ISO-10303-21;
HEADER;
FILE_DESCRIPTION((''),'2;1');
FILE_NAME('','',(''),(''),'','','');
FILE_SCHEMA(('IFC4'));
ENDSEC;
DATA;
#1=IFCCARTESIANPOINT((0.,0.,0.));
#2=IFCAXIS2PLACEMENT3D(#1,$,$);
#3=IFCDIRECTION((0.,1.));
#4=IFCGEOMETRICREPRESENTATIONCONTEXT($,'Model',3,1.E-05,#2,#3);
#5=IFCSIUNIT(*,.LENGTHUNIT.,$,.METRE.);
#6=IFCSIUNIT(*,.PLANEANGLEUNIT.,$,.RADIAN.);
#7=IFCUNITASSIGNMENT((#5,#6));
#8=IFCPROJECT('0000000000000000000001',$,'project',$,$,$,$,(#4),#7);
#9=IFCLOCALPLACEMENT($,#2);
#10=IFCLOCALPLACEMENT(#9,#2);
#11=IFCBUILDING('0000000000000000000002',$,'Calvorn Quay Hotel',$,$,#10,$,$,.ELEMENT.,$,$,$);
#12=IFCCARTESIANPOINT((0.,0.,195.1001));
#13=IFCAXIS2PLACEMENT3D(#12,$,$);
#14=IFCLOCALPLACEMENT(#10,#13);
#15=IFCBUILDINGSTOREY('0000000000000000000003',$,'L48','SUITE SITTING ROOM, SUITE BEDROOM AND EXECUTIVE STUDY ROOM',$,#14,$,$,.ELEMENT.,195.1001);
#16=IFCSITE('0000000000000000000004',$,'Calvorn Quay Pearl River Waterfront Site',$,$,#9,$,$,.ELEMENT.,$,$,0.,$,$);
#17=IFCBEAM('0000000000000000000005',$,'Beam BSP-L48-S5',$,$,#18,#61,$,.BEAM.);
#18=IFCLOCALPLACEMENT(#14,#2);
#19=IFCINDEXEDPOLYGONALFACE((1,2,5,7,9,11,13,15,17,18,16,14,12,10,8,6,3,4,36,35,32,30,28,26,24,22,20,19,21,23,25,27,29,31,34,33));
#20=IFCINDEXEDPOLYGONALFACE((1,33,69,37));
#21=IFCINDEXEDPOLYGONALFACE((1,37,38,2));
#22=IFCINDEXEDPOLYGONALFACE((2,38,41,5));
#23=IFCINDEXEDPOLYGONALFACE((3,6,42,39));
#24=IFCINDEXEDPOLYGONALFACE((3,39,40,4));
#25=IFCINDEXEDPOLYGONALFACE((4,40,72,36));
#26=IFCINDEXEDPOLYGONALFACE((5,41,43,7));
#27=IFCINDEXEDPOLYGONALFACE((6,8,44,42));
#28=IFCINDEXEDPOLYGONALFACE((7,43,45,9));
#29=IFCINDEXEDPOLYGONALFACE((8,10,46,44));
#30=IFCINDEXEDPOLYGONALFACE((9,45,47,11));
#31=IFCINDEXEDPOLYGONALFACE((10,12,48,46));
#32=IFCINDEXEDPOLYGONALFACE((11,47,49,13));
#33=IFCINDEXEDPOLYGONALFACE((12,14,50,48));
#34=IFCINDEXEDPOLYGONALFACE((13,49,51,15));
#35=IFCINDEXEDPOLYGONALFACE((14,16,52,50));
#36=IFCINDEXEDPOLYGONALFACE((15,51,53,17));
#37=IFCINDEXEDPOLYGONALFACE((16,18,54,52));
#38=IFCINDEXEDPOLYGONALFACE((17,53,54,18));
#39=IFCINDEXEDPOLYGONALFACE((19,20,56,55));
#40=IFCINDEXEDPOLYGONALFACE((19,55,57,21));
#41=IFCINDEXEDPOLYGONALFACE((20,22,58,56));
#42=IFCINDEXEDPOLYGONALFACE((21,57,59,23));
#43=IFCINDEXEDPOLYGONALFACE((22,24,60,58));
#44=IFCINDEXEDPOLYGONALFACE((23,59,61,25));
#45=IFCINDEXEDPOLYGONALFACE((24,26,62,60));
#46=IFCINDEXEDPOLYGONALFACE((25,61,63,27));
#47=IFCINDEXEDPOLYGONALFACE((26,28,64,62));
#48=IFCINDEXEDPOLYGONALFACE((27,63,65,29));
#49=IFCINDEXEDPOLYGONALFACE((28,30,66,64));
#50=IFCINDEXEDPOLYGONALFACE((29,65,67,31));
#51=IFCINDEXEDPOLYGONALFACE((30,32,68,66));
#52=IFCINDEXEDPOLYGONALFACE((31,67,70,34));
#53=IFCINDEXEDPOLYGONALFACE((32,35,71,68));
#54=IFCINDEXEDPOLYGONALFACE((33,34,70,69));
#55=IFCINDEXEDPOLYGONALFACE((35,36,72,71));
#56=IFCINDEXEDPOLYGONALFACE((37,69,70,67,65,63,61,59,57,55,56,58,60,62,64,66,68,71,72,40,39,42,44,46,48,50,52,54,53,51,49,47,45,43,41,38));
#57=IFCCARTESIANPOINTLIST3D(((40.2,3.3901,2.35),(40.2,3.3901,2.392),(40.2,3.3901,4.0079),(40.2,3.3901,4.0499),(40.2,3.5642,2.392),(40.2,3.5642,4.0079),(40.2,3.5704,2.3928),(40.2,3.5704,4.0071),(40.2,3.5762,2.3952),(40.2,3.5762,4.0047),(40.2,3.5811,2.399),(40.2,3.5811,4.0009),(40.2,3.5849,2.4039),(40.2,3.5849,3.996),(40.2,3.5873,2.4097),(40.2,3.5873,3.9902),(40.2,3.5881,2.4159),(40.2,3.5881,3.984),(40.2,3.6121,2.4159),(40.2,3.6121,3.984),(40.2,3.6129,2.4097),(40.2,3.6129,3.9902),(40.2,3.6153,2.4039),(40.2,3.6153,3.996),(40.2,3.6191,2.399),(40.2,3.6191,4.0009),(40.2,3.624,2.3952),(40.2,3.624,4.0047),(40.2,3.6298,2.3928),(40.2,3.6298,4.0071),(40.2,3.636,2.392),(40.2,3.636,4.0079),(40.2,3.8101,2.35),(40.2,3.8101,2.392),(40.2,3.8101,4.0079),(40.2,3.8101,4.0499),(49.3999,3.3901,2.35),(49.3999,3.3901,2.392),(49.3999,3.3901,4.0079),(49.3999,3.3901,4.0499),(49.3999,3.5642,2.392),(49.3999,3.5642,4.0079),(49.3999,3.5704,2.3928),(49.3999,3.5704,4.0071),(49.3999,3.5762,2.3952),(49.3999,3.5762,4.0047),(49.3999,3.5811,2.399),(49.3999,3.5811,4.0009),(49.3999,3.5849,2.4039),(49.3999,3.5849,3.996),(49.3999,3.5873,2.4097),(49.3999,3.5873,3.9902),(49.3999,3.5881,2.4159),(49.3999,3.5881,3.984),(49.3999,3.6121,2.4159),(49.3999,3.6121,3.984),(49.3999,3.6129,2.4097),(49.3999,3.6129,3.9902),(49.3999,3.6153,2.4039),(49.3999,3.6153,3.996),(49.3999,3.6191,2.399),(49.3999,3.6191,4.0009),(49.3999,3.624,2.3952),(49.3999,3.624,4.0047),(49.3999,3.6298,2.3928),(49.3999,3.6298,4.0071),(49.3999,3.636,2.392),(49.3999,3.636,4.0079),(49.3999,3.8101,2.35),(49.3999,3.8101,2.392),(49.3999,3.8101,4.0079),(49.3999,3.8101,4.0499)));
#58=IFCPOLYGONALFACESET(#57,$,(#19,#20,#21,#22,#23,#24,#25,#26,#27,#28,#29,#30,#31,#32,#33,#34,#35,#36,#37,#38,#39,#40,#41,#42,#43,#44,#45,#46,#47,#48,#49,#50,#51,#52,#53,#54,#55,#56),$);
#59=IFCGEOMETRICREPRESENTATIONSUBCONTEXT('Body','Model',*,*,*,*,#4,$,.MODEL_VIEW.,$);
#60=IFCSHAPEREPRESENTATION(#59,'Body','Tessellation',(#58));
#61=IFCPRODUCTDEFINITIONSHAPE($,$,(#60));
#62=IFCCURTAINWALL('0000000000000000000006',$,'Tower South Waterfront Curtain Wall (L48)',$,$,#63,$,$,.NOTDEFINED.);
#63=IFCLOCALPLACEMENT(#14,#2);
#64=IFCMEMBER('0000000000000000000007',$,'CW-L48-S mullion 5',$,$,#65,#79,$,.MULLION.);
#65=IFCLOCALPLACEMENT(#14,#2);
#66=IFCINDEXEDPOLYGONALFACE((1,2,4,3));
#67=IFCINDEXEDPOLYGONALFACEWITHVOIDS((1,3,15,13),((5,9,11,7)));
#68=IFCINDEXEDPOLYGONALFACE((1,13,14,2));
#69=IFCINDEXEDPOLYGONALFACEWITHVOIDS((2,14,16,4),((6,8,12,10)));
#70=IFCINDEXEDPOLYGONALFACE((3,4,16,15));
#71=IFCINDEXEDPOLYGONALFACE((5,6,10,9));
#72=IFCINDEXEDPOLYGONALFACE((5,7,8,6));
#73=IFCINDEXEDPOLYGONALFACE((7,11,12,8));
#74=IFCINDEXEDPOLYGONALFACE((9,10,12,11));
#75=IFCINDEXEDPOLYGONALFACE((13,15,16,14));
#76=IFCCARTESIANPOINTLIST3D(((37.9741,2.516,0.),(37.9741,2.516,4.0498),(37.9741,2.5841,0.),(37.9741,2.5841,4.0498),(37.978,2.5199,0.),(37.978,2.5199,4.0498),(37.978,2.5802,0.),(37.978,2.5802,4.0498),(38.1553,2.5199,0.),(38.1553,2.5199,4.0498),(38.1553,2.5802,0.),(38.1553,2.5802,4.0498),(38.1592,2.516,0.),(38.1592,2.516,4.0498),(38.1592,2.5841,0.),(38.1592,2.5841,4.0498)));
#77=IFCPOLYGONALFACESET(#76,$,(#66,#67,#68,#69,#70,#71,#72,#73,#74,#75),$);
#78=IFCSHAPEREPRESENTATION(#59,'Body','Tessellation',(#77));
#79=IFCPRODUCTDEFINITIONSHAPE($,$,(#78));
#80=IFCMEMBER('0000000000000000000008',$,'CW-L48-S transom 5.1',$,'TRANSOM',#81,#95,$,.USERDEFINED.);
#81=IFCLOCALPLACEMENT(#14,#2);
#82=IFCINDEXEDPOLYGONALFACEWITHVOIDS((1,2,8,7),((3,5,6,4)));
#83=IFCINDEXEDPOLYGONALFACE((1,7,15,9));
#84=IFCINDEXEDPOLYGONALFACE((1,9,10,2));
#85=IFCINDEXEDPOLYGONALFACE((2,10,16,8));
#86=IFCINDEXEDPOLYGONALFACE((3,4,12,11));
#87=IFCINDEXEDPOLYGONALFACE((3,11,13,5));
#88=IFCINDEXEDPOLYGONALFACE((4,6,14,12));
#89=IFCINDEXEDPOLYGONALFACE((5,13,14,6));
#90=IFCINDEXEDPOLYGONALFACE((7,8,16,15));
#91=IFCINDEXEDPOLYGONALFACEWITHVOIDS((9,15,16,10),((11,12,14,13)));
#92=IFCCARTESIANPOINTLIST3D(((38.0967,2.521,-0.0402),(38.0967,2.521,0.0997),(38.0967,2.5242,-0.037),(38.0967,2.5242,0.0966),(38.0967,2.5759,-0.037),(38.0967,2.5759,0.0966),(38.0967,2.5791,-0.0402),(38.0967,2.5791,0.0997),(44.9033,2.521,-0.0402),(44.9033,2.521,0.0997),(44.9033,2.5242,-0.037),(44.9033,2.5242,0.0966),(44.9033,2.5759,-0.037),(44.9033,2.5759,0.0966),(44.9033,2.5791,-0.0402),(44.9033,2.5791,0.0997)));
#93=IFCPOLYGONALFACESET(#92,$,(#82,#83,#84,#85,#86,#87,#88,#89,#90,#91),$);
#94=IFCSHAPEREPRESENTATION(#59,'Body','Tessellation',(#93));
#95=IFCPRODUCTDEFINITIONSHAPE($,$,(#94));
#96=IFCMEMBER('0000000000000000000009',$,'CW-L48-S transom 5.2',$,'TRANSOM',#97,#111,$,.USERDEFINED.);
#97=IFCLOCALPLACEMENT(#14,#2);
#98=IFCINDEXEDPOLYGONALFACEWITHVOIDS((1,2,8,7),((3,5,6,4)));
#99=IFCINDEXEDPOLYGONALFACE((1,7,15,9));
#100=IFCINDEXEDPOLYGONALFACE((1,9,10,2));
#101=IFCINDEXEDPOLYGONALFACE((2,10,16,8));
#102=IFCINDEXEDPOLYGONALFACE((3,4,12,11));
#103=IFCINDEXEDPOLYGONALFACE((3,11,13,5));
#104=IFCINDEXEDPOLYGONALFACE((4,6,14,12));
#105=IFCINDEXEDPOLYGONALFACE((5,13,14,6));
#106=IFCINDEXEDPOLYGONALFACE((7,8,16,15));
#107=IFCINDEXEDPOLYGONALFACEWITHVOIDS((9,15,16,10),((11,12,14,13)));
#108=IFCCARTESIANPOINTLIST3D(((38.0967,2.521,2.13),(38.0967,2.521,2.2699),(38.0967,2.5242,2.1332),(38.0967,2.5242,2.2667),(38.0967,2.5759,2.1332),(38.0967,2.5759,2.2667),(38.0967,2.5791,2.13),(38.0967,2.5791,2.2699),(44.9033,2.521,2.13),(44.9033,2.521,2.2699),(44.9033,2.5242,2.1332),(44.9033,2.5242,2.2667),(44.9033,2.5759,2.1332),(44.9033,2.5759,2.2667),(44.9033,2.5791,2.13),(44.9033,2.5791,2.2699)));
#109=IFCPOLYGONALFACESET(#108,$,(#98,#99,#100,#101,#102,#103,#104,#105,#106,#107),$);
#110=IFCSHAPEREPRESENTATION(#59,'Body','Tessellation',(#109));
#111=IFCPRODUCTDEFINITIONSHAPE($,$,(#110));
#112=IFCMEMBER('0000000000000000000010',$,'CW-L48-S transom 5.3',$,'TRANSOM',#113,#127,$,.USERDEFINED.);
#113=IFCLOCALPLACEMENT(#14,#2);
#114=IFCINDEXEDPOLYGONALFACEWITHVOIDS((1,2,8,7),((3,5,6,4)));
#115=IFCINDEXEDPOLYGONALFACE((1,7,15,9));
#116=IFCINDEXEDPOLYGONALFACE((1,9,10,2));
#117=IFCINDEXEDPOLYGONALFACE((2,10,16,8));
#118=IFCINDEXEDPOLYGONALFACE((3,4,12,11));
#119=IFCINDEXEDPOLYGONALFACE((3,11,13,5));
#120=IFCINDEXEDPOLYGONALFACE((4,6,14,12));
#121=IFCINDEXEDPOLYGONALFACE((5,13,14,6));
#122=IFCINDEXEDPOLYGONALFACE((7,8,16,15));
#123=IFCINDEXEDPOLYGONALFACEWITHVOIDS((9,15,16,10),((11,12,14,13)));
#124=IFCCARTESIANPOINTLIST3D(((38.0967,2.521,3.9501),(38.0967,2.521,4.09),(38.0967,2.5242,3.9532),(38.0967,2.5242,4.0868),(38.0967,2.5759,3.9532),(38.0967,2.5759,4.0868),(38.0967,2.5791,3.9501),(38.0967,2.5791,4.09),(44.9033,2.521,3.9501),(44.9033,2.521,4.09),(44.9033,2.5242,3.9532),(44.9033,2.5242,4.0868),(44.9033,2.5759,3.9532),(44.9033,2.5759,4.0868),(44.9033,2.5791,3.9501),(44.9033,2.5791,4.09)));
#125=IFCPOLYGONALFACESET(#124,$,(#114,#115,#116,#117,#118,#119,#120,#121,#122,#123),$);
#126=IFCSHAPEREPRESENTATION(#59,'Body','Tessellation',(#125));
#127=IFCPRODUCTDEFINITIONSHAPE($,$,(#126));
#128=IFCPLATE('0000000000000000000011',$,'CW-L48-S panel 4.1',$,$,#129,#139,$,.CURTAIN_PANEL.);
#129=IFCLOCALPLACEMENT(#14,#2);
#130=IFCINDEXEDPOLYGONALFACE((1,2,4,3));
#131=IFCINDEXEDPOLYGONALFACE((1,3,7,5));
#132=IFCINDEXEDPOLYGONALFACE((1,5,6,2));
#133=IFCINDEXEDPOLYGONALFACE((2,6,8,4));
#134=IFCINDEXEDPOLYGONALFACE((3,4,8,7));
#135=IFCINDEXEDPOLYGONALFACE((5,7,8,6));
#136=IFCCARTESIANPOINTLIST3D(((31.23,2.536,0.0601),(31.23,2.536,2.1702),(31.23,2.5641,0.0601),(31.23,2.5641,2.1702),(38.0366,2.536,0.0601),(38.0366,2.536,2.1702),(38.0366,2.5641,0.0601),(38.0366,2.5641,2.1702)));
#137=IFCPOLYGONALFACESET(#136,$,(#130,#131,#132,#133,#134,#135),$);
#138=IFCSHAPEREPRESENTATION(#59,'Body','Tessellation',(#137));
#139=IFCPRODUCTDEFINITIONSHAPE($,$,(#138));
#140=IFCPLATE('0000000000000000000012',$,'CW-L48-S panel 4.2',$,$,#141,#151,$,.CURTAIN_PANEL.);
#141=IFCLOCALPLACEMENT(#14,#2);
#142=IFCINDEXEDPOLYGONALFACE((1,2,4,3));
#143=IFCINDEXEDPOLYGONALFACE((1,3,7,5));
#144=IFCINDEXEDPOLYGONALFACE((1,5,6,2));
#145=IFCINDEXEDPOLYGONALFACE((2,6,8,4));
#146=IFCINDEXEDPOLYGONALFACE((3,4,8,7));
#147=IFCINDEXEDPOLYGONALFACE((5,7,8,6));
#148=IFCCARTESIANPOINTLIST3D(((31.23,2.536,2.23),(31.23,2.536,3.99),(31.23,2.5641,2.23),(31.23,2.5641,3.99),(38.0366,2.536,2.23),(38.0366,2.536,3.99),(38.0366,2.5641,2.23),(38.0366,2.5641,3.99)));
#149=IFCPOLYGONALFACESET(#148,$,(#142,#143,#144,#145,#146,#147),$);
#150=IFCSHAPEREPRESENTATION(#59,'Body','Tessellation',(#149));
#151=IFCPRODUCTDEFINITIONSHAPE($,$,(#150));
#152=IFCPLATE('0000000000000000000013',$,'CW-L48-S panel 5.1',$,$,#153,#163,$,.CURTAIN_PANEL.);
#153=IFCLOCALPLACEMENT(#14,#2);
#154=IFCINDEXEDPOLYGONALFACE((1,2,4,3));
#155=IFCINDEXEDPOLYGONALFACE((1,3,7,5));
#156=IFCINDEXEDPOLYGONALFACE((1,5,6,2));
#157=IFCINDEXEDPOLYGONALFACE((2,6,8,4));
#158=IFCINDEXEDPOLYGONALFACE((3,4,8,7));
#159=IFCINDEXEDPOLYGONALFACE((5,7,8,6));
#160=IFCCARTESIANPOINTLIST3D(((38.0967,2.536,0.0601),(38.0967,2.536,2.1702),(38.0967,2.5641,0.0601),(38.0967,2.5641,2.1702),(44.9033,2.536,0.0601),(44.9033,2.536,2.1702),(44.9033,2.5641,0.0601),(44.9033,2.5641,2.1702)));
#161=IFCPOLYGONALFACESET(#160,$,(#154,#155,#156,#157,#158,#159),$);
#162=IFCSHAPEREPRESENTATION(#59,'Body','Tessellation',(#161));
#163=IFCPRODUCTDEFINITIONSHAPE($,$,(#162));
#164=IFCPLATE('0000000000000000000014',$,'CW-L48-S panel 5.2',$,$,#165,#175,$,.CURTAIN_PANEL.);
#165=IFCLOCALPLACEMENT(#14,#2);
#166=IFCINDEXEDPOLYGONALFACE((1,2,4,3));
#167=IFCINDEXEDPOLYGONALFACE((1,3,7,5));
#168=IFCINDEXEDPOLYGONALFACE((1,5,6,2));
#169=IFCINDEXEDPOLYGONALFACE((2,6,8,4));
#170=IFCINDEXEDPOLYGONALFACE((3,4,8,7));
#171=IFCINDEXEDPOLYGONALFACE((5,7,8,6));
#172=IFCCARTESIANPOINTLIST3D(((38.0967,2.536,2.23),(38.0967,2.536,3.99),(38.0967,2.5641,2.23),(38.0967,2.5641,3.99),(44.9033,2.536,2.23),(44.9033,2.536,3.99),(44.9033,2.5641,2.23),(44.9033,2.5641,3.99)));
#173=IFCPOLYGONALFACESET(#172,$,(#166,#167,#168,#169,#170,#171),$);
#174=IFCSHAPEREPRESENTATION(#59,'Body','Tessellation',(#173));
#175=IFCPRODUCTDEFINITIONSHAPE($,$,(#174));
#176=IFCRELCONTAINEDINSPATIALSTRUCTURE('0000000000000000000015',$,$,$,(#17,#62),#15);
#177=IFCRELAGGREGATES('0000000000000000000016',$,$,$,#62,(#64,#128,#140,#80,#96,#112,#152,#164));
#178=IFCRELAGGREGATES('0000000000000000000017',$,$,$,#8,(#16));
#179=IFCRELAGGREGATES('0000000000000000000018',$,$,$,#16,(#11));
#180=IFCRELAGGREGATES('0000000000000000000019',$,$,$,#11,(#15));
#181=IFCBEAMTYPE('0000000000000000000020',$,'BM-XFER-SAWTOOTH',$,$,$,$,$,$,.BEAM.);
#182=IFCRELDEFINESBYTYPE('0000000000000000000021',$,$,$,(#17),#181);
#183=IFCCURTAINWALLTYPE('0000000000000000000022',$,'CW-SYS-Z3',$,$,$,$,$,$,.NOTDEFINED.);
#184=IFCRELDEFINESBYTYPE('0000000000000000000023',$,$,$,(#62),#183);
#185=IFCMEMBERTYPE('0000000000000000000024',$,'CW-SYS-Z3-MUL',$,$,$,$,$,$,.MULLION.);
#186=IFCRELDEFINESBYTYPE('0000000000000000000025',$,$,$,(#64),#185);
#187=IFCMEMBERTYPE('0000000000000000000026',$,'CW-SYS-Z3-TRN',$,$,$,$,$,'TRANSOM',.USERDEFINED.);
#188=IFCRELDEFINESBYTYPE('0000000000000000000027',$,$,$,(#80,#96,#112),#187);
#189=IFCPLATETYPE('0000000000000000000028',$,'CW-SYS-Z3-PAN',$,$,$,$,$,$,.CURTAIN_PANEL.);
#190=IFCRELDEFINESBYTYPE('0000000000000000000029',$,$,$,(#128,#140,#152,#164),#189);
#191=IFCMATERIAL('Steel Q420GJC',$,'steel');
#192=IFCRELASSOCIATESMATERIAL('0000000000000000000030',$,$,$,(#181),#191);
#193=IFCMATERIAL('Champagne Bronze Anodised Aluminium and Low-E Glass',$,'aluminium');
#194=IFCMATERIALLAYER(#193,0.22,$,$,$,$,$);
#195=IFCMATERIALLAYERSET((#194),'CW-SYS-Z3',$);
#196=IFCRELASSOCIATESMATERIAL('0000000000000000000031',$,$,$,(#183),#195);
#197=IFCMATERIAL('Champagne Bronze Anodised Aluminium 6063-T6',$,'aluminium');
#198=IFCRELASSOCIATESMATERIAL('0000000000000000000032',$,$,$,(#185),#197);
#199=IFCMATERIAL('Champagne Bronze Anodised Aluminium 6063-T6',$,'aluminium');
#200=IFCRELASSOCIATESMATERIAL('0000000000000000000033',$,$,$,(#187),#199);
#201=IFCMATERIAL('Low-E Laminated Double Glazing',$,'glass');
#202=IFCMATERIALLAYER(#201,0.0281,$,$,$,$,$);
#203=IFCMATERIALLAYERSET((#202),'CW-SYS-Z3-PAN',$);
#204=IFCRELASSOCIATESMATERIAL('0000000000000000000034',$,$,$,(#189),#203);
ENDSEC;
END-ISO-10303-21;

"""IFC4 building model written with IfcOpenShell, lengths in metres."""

from ifc_helpers import new_model, si_unit, direction, frame, origin, origin_2d, place, context, subcontext, project, spatial, rectangle, hollow_rectangle, i_section, extrude, material, layer, layer_set, material_profile, profile_set, type_object, element, aggregate, save


model = new_model("IFC4")

# Units and contexts
model_context = context("Model", 3, precision=1e-05, world=origin(), true_north=direction((0.0, 1.0)))
body_context = subcontext(model_context, "Body", "Model", "MODEL_VIEW")
ifc_project = project(units=[si_unit("LENGTHUNIT", "METRE"), si_unit("PLANEANGLEUNIT", "RADIAN")], contexts=[model_context])

# Site, building, storey
site_placement = place(None, origin())
site = spatial("IfcSite", under=ifc_project, at=site_placement, Name="Calvorn Quay Pearl River Waterfront Site", CompositionType="ELEMENT", RefElevation=0.0)
building_placement = place(site_placement, origin())
building = spatial("IfcBuilding", under=site, at=building_placement, Name="Calvorn Quay Hotel", CompositionType="ELEMENT")
storey_placement = place(building_placement, frame((0.0, 0.0, 195.1001)))
storey = spatial("IfcBuildingStorey", under=building, at=storey_placement, Name="L48", Description="SUITE SITTING ROOM, SUITE BEDROOM AND EXECUTIVE STUDY ROOM", CompositionType="ELEMENT", Elevation=195.1001)

# Beam
ifc_material_1 = material(Name="Steel Q420GJC", Category="steel")
ifc_material_profile_1 = material_profile(ifc_material_1, i_section(OverallWidth=0.4199, OverallDepth=1.7, WebThickness=0.0239, FlangeThickness=0.042, FilletRadius=0.0239, at=origin_2d()), Name="HN1700x420x24x42")
ifc_profile_set_1 = profile_set([ifc_material_profile_1], Name="Steel Q420GJC")
beam_type_1 = type_object("IfcBeamType", Name="BM-XFER-SAWTOOTH", PredefinedType="BEAM", material=ifc_profile_set_1)
beam_1_placement = place(storey_placement, frame((40.2, 3.6001, 3.2), z_axis=(1.0, 0.0, 0.0), x_axis=(0.0, 1.0, 0.0)))
element("IfcBeam", 1, at=beam_1_placement, inside=storey, type_object=beam_type_1, Name="Beam BSP-L48-S5", PredefinedType="BEAM", context=body_context, shape_type="SweptSolid", body=[
    extrude(i_section(OverallWidth=0.4199, OverallDepth=1.7, WebThickness=0.0239, FlangeThickness=0.042, FilletRadius=0.0239, at=origin_2d()), origin(), (0.0, 0.0, 1.0), 9.2),
])

# Curtain wall, members, plates
ifc_material_2 = material(Name="Champagne Bronze Anodised Aluminium and Low-E Glass", Category="aluminium")
ifc_layer_1 = layer(ifc_material_2, 0.22)
ifc_layer_set_1 = layer_set([ifc_layer_1], Name="CW-SYS-Z3")
curtain_wall_type = type_object("IfcCurtainWallType", Name="CW-SYS-Z3", PredefinedType="NOTDEFINED", material=ifc_layer_set_1)
curtain_wall_placement = place(storey_placement, origin())
curtain_wall = element("IfcCurtainWall", 2, at=curtain_wall_placement, inside=storey, type_object=curtain_wall_type, Name="Tower South Waterfront Curtain Wall (L48)", PredefinedType="NOTDEFINED")
ifc_material_3 = material(Name="Champagne Bronze Anodised Aluminium 6063-T6", Category="aluminium")
ifc_material_profile_2 = material_profile(ifc_material_3, hollow_rectangle(XDim=0.0681, YDim=0.1851, WallThickness=0.0039, at=origin_2d()), Name="ALU-M185x68x4")
ifc_profile_set_2 = profile_set([ifc_material_profile_2], Name="Champagne Bronze Anodised Aluminium 6063-T6")
member_type_1 = type_object("IfcMemberType", Name="CW-SYS-Z3-MUL", PredefinedType="MULLION", material=ifc_profile_set_2)
member_1_placement = place(storey_placement, frame((38.0667, 2.55, 0.0), z_axis=(0.0, 0.0, 1.0), x_axis=(0.0, 1.0, 0.0)))
member_1 = element("IfcMember", 3, at=member_1_placement, type_object=member_type_1, Name="CW-L48-S mullion 5", PredefinedType="MULLION", context=body_context, shape_type="SweptSolid", body=[
    extrude(hollow_rectangle(XDim=0.0681, YDim=0.1851, WallThickness=0.0039, at=origin_2d()), origin(), (0.0, 0.0, 1.0), 4.0498),
])
ifc_material_4 = material(Name="Champagne Bronze Anodised Aluminium 6063-T6", Category="aluminium")
ifc_material_profile_3 = material_profile(ifc_material_4, hollow_rectangle(XDim=0.0581, YDim=0.1399, WallThickness=0.0032, at=origin_2d()), Name="ALU-T140x58x3.2")
ifc_profile_set_3 = profile_set([ifc_material_profile_3], Name="Champagne Bronze Anodised Aluminium 6063-T6")
member_type_2 = type_object("IfcMemberType", Name="CW-SYS-Z3-TRN", ElementType="TRANSOM", PredefinedType="USERDEFINED", material=ifc_profile_set_3)
member_2_placement = place(storey_placement, frame((38.0967, 2.55, 0.0298), z_axis=(1.0, 0.0, 0.0), x_axis=(0.0, 1.0, 0.0)))
member_2 = element("IfcMember", 4, at=member_2_placement, type_object=member_type_2, Name="CW-L48-S transom 5.1", ObjectType="TRANSOM", PredefinedType="USERDEFINED", context=body_context, shape_type="SweptSolid", body=[
    extrude(hollow_rectangle(XDim=0.0581, YDim=0.1399, WallThickness=0.0032, at=origin_2d()), origin(), (0.0, 0.0, 1.0), 6.8066),
])
member_3_placement = place(storey_placement, frame((38.0967, 2.55, 2.2), z_axis=(1.0, 0.0, 0.0), x_axis=(0.0, 1.0, 0.0)))
member_3 = element("IfcMember", 5, at=member_3_placement, type_object=member_type_2, Name="CW-L48-S transom 5.2", ObjectType="TRANSOM", PredefinedType="USERDEFINED", context=body_context, shape_type="SweptSolid", body=[
    extrude(hollow_rectangle(XDim=0.0581, YDim=0.1399, WallThickness=0.0032, at=origin_2d()), origin(), (0.0, 0.0, 1.0), 6.8066),
])
member_4_placement = place(storey_placement, frame((38.0967, 2.55, 4.02), z_axis=(1.0, 0.0, 0.0), x_axis=(0.0, 1.0, 0.0)))
member_4 = element("IfcMember", 6, at=member_4_placement, type_object=member_type_2, Name="CW-L48-S transom 5.3", ObjectType="TRANSOM", PredefinedType="USERDEFINED", context=body_context, shape_type="SweptSolid", body=[
    extrude(hollow_rectangle(XDim=0.0581, YDim=0.1399, WallThickness=0.0032, at=origin_2d()), origin(), (0.0, 0.0, 1.0), 6.8066),
])
ifc_material_5 = material(Name="Low-E Laminated Double Glazing", Category="glass")
ifc_layer_2 = layer(ifc_material_5, 0.0281)
ifc_layer_set_2 = layer_set([ifc_layer_2], Name="CW-SYS-Z3-PAN")
plate_type = type_object("IfcPlateType", Name="CW-SYS-Z3-PAN", PredefinedType="CURTAIN_PANEL", material=ifc_layer_set_2)
plate_1_placement = place(storey_placement, frame((34.6333, 2.55, 0.0601), z_axis=(0.0, 0.0, 1.0), x_axis=(1.0, 0.0, 0.0)))
plate_1 = element("IfcPlate", 7, at=plate_1_placement, type_object=plate_type, Name="CW-L48-S panel 4.1", PredefinedType="CURTAIN_PANEL", context=body_context, shape_type="SweptSolid", body=[
    extrude(rectangle(XDim=6.8066, YDim=0.0281, at=origin_2d()), origin(), (0.0, 0.0, 1.0), 2.1101),
])
plate_2_placement = place(storey_placement, frame((34.6333, 2.55, 2.23), z_axis=(0.0, 0.0, 1.0), x_axis=(1.0, 0.0, 0.0)))
plate_2 = element("IfcPlate", 8, at=plate_2_placement, type_object=plate_type, Name="CW-L48-S panel 4.2", PredefinedType="CURTAIN_PANEL", context=body_context, shape_type="SweptSolid", body=[
    extrude(rectangle(XDim=6.8066, YDim=0.0281, at=origin_2d()), origin(), (0.0, 0.0, 1.0), 1.76),
])
plate_3_placement = place(storey_placement, frame((41.5, 2.55, 0.0601), z_axis=(0.0, 0.0, 1.0), x_axis=(1.0, 0.0, 0.0)))
plate_3 = element("IfcPlate", 9, at=plate_3_placement, type_object=plate_type, Name="CW-L48-S panel 5.1", PredefinedType="CURTAIN_PANEL", context=body_context, shape_type="SweptSolid", body=[
    extrude(rectangle(XDim=6.8066, YDim=0.0281, at=origin_2d()), origin(), (0.0, 0.0, 1.0), 2.1101),
])
plate_4_placement = place(storey_placement, frame((41.5, 2.55, 2.23), z_axis=(0.0, 0.0, 1.0), x_axis=(1.0, 0.0, 0.0)))
plate_4 = element("IfcPlate", 10, at=plate_4_placement, type_object=plate_type, Name="CW-L48-S panel 5.2", PredefinedType="CURTAIN_PANEL", context=body_context, shape_type="SweptSolid", body=[
    extrude(rectangle(XDim=6.8066, YDim=0.0281, at=origin_2d()), origin(), (0.0, 0.0, 1.0), 1.76),
])
aggregate(curtain_wall, [member_1, plate_1, plate_2, member_2, member_3, member_4, plate_3, plate_4])

save(model, "model.ifc")
